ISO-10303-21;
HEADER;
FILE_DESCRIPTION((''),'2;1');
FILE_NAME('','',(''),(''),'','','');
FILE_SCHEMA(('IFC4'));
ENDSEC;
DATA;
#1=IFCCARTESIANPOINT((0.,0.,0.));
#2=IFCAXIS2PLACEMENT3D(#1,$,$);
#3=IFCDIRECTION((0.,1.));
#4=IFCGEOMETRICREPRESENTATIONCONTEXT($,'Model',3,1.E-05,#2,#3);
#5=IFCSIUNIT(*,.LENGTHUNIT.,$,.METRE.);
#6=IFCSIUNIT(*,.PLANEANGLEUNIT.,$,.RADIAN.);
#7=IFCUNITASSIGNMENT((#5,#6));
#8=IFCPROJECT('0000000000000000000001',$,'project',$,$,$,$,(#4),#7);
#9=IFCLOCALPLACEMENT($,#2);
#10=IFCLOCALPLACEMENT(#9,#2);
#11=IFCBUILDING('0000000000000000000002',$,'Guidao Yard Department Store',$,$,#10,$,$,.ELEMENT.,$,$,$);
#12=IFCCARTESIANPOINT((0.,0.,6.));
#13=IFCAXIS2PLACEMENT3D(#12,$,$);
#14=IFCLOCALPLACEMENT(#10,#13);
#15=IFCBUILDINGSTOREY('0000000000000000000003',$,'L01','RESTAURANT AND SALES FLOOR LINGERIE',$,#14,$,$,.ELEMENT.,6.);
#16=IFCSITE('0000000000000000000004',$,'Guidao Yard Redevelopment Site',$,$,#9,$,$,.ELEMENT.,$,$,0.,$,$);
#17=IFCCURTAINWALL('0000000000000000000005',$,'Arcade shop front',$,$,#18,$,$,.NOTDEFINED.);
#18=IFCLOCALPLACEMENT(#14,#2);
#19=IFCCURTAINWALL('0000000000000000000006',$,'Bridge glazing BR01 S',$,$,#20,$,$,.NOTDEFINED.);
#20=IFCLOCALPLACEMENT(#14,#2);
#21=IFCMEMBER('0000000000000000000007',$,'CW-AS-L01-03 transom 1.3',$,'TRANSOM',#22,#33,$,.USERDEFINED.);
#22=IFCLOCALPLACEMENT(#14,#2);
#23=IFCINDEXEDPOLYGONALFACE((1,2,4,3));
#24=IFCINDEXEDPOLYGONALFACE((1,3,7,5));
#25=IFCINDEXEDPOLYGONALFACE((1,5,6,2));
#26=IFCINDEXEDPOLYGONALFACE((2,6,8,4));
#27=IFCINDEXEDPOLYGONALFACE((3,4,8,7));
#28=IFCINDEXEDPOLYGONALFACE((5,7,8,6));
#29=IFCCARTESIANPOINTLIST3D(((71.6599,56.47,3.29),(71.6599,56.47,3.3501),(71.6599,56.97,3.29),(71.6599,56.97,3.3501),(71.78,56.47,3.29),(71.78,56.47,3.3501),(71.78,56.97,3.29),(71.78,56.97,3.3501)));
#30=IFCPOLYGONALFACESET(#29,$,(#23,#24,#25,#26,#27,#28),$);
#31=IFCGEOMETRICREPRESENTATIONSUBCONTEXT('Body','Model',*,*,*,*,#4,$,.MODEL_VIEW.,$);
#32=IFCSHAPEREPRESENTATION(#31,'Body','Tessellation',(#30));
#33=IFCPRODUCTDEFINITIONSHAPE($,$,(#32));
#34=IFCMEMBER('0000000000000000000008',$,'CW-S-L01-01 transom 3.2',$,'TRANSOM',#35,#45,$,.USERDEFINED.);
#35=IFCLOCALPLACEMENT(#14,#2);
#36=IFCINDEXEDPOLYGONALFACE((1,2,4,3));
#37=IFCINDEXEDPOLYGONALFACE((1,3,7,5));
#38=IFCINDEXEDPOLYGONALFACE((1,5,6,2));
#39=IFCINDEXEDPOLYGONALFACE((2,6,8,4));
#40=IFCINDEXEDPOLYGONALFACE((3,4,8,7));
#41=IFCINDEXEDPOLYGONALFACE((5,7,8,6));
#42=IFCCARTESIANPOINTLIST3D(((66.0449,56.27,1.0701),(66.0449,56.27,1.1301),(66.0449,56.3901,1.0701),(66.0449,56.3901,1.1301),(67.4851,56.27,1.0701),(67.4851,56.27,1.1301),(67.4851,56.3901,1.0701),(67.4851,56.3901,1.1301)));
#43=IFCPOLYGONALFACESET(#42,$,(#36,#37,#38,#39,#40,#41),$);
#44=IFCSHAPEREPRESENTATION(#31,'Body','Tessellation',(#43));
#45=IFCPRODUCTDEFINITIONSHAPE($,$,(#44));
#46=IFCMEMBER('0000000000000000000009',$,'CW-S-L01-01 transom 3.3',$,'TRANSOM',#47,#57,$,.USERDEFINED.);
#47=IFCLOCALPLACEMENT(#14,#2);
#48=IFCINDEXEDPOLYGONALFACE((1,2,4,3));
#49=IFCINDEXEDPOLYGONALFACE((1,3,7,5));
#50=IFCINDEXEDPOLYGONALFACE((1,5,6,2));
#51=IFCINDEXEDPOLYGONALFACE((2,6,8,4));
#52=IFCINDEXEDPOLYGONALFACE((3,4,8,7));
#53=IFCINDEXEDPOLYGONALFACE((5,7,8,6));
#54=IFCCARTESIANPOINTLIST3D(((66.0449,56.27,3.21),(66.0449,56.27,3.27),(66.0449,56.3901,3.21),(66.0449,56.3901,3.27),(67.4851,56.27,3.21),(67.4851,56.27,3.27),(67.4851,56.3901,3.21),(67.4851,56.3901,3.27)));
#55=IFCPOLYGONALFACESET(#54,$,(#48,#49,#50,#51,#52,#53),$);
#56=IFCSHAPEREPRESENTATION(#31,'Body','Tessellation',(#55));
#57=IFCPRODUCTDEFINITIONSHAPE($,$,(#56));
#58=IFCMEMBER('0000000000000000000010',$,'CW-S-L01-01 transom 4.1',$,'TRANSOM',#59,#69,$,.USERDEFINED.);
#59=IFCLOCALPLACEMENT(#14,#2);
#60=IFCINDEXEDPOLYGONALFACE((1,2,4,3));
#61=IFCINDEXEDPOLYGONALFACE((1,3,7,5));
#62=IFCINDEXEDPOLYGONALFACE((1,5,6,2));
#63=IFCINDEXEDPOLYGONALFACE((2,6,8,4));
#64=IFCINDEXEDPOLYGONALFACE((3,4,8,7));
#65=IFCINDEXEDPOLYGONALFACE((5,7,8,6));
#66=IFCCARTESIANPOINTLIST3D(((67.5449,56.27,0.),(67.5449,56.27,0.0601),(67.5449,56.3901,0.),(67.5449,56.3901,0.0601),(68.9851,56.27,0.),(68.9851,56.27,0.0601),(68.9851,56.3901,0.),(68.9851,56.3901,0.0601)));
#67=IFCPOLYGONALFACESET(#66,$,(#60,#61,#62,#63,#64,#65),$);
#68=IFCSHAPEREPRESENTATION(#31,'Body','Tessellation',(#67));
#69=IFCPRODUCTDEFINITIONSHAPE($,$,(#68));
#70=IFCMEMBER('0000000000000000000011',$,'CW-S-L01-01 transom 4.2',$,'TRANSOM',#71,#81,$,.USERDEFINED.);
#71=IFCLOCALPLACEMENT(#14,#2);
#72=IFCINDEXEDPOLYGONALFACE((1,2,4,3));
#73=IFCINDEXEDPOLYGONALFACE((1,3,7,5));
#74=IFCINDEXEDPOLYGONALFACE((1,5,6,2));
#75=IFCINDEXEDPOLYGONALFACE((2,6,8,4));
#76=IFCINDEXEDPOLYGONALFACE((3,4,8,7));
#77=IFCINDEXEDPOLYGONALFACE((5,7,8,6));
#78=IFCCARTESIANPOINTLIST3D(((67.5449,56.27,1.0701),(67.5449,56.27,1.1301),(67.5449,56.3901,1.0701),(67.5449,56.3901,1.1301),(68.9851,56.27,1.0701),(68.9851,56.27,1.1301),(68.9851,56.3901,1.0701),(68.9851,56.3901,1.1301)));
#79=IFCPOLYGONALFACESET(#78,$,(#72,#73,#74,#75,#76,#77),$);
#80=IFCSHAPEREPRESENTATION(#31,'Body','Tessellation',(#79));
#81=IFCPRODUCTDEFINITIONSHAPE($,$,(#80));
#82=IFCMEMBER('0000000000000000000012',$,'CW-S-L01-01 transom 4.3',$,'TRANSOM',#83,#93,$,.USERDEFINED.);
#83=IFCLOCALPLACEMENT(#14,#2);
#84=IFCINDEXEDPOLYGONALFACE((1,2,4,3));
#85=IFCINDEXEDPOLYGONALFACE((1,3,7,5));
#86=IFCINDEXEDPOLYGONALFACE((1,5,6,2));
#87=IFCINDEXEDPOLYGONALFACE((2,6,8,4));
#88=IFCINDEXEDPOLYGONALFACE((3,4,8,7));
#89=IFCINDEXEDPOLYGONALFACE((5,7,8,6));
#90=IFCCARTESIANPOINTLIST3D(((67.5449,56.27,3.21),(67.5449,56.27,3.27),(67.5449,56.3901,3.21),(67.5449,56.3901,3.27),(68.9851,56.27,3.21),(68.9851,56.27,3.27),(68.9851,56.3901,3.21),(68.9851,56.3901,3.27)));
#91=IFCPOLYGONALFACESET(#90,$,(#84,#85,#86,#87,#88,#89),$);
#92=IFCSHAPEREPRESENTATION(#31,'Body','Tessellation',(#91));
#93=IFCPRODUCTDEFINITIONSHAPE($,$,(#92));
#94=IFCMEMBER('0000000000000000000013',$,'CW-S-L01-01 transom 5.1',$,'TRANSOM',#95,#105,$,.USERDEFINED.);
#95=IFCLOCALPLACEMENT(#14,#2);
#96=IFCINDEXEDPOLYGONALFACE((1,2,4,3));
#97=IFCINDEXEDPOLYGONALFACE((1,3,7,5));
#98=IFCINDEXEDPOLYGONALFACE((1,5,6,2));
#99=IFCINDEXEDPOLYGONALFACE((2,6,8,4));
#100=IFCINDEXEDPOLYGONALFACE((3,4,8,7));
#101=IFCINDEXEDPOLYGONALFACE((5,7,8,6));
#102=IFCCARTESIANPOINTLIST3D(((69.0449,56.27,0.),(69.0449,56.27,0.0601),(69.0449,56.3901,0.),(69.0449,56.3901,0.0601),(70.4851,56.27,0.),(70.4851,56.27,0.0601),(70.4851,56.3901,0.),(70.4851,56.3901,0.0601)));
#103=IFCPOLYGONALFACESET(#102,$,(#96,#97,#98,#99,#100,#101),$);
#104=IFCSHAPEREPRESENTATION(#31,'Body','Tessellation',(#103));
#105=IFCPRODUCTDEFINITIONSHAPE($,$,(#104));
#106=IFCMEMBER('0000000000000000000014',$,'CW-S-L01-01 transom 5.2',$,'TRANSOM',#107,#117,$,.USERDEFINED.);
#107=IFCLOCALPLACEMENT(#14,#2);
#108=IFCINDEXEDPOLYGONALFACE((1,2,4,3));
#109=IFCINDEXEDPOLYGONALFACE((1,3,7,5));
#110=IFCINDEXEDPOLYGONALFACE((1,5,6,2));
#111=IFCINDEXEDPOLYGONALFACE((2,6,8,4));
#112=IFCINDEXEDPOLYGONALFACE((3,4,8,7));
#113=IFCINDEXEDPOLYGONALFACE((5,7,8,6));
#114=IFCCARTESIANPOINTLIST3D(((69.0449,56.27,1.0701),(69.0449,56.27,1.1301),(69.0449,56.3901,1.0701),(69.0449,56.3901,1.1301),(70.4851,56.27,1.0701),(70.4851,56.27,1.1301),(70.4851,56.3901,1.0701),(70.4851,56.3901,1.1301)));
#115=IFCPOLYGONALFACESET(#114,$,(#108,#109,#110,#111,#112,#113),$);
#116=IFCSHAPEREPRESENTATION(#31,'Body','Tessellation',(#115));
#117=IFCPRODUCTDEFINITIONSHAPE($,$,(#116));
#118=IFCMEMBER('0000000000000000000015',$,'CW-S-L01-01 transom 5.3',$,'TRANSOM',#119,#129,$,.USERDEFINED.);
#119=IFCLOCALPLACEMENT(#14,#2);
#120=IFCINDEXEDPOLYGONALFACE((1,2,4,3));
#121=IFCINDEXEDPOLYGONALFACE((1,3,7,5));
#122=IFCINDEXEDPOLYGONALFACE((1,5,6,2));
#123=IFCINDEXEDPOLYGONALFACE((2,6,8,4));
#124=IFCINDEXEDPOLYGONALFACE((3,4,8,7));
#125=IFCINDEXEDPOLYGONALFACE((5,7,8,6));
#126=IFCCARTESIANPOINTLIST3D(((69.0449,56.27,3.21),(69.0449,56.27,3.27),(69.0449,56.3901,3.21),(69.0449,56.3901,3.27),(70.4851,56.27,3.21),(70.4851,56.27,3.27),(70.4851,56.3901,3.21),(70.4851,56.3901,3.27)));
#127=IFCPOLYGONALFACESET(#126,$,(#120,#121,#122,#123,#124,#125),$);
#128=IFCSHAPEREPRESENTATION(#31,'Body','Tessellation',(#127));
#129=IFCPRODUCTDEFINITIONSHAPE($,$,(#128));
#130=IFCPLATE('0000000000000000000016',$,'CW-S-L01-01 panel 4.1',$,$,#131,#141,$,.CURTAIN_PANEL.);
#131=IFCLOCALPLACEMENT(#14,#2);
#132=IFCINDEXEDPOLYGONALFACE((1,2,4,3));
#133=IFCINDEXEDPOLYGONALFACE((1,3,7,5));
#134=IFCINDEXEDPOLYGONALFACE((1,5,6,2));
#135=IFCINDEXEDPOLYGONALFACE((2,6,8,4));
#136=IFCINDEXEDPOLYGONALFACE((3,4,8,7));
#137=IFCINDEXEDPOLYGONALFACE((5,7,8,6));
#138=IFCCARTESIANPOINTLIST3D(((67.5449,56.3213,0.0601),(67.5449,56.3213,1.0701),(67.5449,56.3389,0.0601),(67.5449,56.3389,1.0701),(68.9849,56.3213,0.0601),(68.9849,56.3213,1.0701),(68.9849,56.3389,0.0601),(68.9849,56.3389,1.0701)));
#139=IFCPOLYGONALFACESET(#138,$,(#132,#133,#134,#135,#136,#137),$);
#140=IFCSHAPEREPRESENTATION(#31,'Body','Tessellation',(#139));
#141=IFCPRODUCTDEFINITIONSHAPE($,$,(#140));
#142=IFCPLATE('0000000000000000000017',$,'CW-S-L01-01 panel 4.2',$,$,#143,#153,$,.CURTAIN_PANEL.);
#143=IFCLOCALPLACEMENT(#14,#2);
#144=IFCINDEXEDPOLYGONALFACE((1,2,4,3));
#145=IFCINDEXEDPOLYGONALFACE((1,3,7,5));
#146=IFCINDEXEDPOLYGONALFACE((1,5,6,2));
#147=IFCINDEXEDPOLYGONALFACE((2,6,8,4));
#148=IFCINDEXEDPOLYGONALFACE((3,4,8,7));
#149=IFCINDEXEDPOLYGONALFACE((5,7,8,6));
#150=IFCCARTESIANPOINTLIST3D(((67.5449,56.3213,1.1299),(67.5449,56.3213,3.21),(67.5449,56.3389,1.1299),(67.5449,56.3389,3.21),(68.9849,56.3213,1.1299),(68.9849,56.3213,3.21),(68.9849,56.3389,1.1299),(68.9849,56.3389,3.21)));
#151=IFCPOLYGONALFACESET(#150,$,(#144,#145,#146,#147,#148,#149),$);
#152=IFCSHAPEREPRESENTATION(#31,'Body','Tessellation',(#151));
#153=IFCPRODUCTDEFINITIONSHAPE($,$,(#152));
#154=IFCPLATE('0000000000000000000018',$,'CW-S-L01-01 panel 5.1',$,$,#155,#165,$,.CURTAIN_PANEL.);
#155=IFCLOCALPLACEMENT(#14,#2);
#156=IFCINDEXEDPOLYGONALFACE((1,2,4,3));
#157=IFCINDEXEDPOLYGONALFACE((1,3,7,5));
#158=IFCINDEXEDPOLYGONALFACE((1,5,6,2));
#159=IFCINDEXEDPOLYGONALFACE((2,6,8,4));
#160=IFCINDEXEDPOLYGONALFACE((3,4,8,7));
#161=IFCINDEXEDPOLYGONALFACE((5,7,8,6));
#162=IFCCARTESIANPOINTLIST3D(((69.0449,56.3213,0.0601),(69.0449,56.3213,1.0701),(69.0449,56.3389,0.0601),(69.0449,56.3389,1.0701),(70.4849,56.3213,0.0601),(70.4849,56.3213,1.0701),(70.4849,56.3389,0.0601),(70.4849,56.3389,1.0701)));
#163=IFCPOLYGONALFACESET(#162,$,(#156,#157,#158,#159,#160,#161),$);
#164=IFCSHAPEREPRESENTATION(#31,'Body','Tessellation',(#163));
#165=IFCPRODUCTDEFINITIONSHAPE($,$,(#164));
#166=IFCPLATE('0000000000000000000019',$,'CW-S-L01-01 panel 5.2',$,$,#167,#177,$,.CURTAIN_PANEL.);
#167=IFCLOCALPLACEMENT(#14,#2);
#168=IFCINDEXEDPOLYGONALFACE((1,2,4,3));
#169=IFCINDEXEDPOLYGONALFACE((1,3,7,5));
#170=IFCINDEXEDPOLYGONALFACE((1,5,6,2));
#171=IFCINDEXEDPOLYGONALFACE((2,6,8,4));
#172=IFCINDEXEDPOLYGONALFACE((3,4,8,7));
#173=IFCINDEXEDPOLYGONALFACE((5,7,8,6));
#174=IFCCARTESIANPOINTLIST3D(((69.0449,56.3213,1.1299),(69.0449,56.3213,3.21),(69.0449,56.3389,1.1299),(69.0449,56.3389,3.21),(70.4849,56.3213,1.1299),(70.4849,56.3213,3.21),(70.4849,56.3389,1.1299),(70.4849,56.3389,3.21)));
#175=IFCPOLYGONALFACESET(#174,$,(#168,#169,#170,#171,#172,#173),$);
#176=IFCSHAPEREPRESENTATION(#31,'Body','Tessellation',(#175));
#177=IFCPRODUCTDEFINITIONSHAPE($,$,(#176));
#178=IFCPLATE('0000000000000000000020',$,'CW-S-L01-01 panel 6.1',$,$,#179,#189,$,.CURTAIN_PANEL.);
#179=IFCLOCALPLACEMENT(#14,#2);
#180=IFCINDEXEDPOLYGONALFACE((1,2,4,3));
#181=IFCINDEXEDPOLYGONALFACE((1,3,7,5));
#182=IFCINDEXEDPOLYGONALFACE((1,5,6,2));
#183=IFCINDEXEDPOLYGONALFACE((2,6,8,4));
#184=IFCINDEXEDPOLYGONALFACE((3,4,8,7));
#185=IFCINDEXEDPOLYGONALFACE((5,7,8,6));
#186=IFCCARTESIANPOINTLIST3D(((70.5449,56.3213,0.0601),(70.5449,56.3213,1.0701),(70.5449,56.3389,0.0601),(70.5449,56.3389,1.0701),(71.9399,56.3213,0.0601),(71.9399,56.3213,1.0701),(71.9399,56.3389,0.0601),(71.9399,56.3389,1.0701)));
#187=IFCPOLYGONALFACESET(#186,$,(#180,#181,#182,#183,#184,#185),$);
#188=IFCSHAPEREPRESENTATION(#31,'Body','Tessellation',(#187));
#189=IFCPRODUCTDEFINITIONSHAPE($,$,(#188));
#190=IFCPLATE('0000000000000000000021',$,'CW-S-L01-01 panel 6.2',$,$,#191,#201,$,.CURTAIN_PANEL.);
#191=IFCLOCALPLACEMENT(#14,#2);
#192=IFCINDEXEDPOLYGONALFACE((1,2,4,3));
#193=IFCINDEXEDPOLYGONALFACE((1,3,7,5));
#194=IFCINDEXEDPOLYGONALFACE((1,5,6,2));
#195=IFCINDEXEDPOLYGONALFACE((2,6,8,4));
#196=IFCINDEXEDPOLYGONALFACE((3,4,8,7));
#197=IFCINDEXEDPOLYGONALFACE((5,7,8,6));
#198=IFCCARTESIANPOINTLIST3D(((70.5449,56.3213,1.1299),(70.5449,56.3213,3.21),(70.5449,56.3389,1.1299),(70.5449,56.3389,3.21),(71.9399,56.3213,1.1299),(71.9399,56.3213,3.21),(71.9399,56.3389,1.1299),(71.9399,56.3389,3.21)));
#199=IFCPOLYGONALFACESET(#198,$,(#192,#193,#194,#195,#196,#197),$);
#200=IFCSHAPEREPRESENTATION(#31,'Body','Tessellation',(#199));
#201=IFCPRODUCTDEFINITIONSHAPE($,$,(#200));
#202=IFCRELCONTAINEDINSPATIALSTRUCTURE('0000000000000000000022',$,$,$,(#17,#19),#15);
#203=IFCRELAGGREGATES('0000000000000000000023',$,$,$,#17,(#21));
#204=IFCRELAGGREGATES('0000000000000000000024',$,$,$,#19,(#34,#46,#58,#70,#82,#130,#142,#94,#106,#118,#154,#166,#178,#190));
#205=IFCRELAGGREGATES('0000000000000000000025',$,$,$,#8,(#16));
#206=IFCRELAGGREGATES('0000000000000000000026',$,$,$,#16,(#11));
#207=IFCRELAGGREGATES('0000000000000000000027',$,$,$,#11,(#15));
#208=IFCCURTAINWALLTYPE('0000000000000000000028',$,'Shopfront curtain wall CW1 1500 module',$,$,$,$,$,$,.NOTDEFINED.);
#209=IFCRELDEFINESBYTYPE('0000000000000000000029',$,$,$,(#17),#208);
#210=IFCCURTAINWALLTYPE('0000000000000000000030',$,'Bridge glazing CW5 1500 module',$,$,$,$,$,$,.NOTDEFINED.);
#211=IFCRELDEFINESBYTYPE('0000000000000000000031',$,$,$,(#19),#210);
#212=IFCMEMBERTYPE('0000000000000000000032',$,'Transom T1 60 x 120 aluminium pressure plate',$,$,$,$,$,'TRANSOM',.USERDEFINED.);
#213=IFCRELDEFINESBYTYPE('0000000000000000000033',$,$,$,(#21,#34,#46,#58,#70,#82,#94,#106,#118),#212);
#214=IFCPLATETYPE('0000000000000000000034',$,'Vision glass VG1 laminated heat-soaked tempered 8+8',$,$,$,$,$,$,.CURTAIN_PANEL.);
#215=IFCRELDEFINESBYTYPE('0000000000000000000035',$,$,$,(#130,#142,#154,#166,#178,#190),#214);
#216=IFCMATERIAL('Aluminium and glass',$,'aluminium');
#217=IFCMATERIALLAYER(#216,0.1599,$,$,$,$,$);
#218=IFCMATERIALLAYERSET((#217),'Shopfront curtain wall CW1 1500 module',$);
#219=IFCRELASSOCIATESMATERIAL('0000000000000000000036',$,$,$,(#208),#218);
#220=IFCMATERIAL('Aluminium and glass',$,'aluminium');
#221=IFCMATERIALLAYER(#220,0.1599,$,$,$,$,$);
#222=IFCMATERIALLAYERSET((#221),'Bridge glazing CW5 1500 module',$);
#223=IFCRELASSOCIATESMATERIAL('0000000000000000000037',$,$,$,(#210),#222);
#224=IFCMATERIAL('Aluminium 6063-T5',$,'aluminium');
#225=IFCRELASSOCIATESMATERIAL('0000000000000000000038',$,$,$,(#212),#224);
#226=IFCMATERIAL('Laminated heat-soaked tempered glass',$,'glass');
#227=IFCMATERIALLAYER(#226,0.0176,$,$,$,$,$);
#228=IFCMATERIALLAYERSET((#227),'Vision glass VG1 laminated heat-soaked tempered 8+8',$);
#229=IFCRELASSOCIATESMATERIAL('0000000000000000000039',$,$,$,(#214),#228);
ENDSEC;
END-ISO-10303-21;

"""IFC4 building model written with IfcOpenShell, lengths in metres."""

from ifc_helpers import new_model, si_unit, direction, frame, origin, origin_2d, place, context, subcontext, project, spatial, rectangle, extrude, material, layer, layer_set, material_profile, profile_set, type_object, element, aggregate, save


model = new_model("IFC4")

# Units and contexts
model_context = context("Model", 3, precision=1e-05, world=origin(), true_north=direction((0.0, 1.0)))
body_context = subcontext(model_context, "Body", "Model", "MODEL_VIEW")
ifc_project = project(units=[si_unit("LENGTHUNIT", "METRE"), si_unit("PLANEANGLEUNIT", "RADIAN")], contexts=[model_context])

# Site, building, storey
site_placement = place(None, origin())
site = spatial("IfcSite", under=ifc_project, at=site_placement, Name="Guidao Yard Redevelopment Site", CompositionType="ELEMENT", RefElevation=0.0)
building_placement = place(site_placement, origin())
building = spatial("IfcBuilding", under=site, at=building_placement, Name="Guidao Yard Department Store", CompositionType="ELEMENT")
storey_placement = place(building_placement, frame((0.0, 0.0, 6.0)))
storey = spatial("IfcBuildingStorey", under=building, at=storey_placement, Name="L01", Description="RESTAURANT AND SALES FLOOR LINGERIE", CompositionType="ELEMENT", Elevation=6.0)

# Curtain wall
ifc_material_1 = material(Name="Aluminium and glass", Category="aluminium")
ifc_layer_1 = layer(ifc_material_1, 0.1599)
ifc_layer_set_1 = layer_set([ifc_layer_1], Name="Shopfront curtain wall CW1 1500 module")
curtain_wall_type_1 = type_object("IfcCurtainWallType", Name="Shopfront curtain wall CW1 1500 module", PredefinedType="NOTDEFINED", material=ifc_layer_set_1)
curtain_wall_1_placement = place(storey_placement, origin())
curtain_wall_1 = element("IfcCurtainWall", 1, at=curtain_wall_1_placement, inside=storey, type_object=curtain_wall_type_1, Name="Arcade shop front", PredefinedType="NOTDEFINED")

# Curtain wall
ifc_material_2 = material(Name="Aluminium and glass", Category="aluminium")
ifc_layer_2 = layer(ifc_material_2, 0.1599)
ifc_layer_set_2 = layer_set([ifc_layer_2], Name="Bridge glazing CW5 1500 module")
curtain_wall_type_2 = type_object("IfcCurtainWallType", Name="Bridge glazing CW5 1500 module", PredefinedType="NOTDEFINED", material=ifc_layer_set_2)
curtain_wall_2_placement = place(storey_placement, origin())
curtain_wall_2 = element("IfcCurtainWall", 2, at=curtain_wall_2_placement, inside=storey, type_object=curtain_wall_type_2, Name="Bridge glazing BR01 S", PredefinedType="NOTDEFINED")

# Members
ifc_material_3 = material(Name="Aluminium 6063-T5", Category="aluminium")
ifc_material_profile_1 = material_profile(ifc_material_3, rectangle(XDim=0.1201, YDim=0.0601, at=origin_2d()), Name="Transom T1 60 x 120 aluminium pressure plate")
ifc_profile_set_1 = profile_set([ifc_material_profile_1], Name="Aluminium 6063-T5")
member_type_1 = type_object("IfcMemberType", Name="Transom T1 60 x 120 aluminium pressure plate", ElementType="TRANSOM", PredefinedType="USERDEFINED", material=ifc_profile_set_1)
member_1_placement = place(storey_placement, frame((71.72, 56.47, 3.3201), z_axis=(0.0, 1.0, 0.0), x_axis=(-1.0, 0.0, 0.0)))
member_1 = element("IfcMember", 3, at=member_1_placement, type_object=member_type_1, Name="CW-AS-L01-03 transom 1.3", ObjectType="TRANSOM", PredefinedType="USERDEFINED", context=body_context, shape_type="SweptSolid", body=[
    extrude(rectangle(XDim=0.1201, YDim=0.0601, at=origin_2d()), origin(), (0.0, 0.0, 1.0), 0.5),
])
aggregate(curtain_wall_1, [member_1])
member_2_placement = place(storey_placement, frame((67.4851, 56.3301, 1.1001), z_axis=(-1.0, 0.0, 0.0), x_axis=(0.0, -1.0, 0.0)))
member_2 = element("IfcMember", 4, at=member_2_placement, type_object=member_type_1, Name="CW-S-L01-01 transom 3.2", ObjectType="TRANSOM", PredefinedType="USERDEFINED", context=body_context, shape_type="SweptSolid", body=[
    extrude(rectangle(XDim=0.1201, YDim=0.0601, at=origin_2d()), origin(), (0.0, 0.0, 1.0), 1.4402),
])
member_3_placement = place(storey_placement, frame((67.4851, 56.3301, 3.24), z_axis=(-1.0, 0.0, 0.0), x_axis=(0.0, -1.0, 0.0)))
member_3 = element("IfcMember", 5, at=member_3_placement, type_object=member_type_1, Name="CW-S-L01-01 transom 3.3", ObjectType="TRANSOM", PredefinedType="USERDEFINED", context=body_context, shape_type="SweptSolid", body=[
    extrude(rectangle(XDim=0.1201, YDim=0.0601, at=origin_2d()), origin(), (0.0, 0.0, 1.0), 1.4402),
])
member_4_placement = place(storey_placement, frame((68.9851, 56.3301, 0.03), z_axis=(-1.0, 0.0, 0.0), x_axis=(0.0, -1.0, 0.0)))
member_4 = element("IfcMember", 6, at=member_4_placement, type_object=member_type_1, Name="CW-S-L01-01 transom 4.1", ObjectType="TRANSOM", PredefinedType="USERDEFINED", context=body_context, shape_type="SweptSolid", body=[
    extrude(rectangle(XDim=0.1201, YDim=0.0601, at=origin_2d()), origin(), (0.0, 0.0, 1.0), 1.4402),
])
member_5_placement = place(storey_placement, frame((68.9851, 56.3301, 1.1001), z_axis=(-1.0, 0.0, 0.0), x_axis=(0.0, -1.0, 0.0)))
member_5 = element("IfcMember", 7, at=member_5_placement, type_object=member_type_1, Name="CW-S-L01-01 transom 4.2", ObjectType="TRANSOM", PredefinedType="USERDEFINED", context=body_context, shape_type="SweptSolid", body=[
    extrude(rectangle(XDim=0.1201, YDim=0.0601, at=origin_2d()), origin(), (0.0, 0.0, 1.0), 1.4402),
])
member_6_placement = place(storey_placement, frame((68.9851, 56.3301, 3.24), z_axis=(-1.0, 0.0, 0.0), x_axis=(0.0, -1.0, 0.0)))
member_6 = element("IfcMember", 8, at=member_6_placement, type_object=member_type_1, Name="CW-S-L01-01 transom 4.3", ObjectType="TRANSOM", PredefinedType="USERDEFINED", context=body_context, shape_type="SweptSolid", body=[
    extrude(rectangle(XDim=0.1201, YDim=0.0601, at=origin_2d()), origin(), (0.0, 0.0, 1.0), 1.4402),
])
member_7_placement = place(storey_placement, frame((70.4851, 56.3301, 0.03), z_axis=(-1.0, 0.0, 0.0), x_axis=(0.0, -1.0, 0.0)))
member_7 = element("IfcMember", 9, at=member_7_placement, type_object=member_type_1, Name="CW-S-L01-01 transom 5.1", ObjectType="TRANSOM", PredefinedType="USERDEFINED", context=body_context, shape_type="SweptSolid", body=[
    extrude(rectangle(XDim=0.1201, YDim=0.0601, at=origin_2d()), origin(), (0.0, 0.0, 1.0), 1.4402),
])
member_8_placement = place(storey_placement, frame((70.4851, 56.3301, 1.1001), z_axis=(-1.0, 0.0, 0.0), x_axis=(0.0, -1.0, 0.0)))
member_8 = element("IfcMember", 10, at=member_8_placement, type_object=member_type_1, Name="CW-S-L01-01 transom 5.2", ObjectType="TRANSOM", PredefinedType="USERDEFINED", context=body_context, shape_type="SweptSolid", body=[
    extrude(rectangle(XDim=0.1201, YDim=0.0601, at=origin_2d()), origin(), (0.0, 0.0, 1.0), 1.4402),
])
member_9_placement = place(storey_placement, frame((70.4851, 56.3301, 3.24), z_axis=(-1.0, 0.0, 0.0), x_axis=(0.0, -1.0, 0.0)))
member_9 = element("IfcMember", 11, at=member_9_placement, type_object=member_type_1, Name="CW-S-L01-01 transom 5.3", ObjectType="TRANSOM", PredefinedType="USERDEFINED", context=body_context, shape_type="SweptSolid", body=[
    extrude(rectangle(XDim=0.1201, YDim=0.0601, at=origin_2d()), origin(), (0.0, 0.0, 1.0), 1.4402),
])

# Plates
ifc_material_4 = material(Name="Laminated heat-soaked tempered glass", Category="glass")
ifc_layer_3 = layer(ifc_material_4, 0.0176)
ifc_layer_set_3 = layer_set([ifc_layer_3], Name="Vision glass VG1 laminated heat-soaked tempered 8+8")
plate_type = type_object("IfcPlateType", Name="Vision glass VG1 laminated heat-soaked tempered 8+8", PredefinedType="CURTAIN_PANEL", material=ifc_layer_set_3)
plate_1_placement = place(storey_placement, frame((68.2649, 56.3301, 0.0601), z_axis=(0.0, 0.0, 1.0), x_axis=(-1.0, 0.0, 0.0)))
plate_1 = element("IfcPlate", 12, at=plate_1_placement, type_object=plate_type, Name="CW-S-L01-01 panel 4.1", PredefinedType="CURTAIN_PANEL", context=body_context, shape_type="SweptSolid", body=[
    extrude(rectangle(XDim=1.4399, YDim=0.0176, at=origin_2d()), origin(), (0.0, 0.0, 1.0), 1.01),
])
plate_2_placement = place(storey_placement, frame((68.2649, 56.3301, 1.1299), z_axis=(0.0, 0.0, 1.0), x_axis=(-1.0, 0.0, 0.0)))
plate_2 = element("IfcPlate", 13, at=plate_2_placement, type_object=plate_type, Name="CW-S-L01-01 panel 4.2", PredefinedType="CURTAIN_PANEL", context=body_context, shape_type="SweptSolid", body=[
    extrude(rectangle(XDim=1.4399, YDim=0.0176, at=origin_2d()), origin(), (0.0, 0.0, 1.0), 2.0801),
])
plate_3_placement = place(storey_placement, frame((69.7649, 56.3301, 0.0601), z_axis=(0.0, 0.0, 1.0), x_axis=(-1.0, 0.0, 0.0)))
plate_3 = element("IfcPlate", 14, at=plate_3_placement, type_object=plate_type, Name="CW-S-L01-01 panel 5.1", PredefinedType="CURTAIN_PANEL", context=body_context, shape_type="SweptSolid", body=[
    extrude(rectangle(XDim=1.4399, YDim=0.0176, at=origin_2d()), origin(), (0.0, 0.0, 1.0), 1.01),
])
plate_4_placement = place(storey_placement, frame((69.7649, 56.3301, 1.1299), z_axis=(0.0, 0.0, 1.0), x_axis=(-1.0, 0.0, 0.0)))
plate_4 = element("IfcPlate", 15, at=plate_4_placement, type_object=plate_type, Name="CW-S-L01-01 panel 5.2", PredefinedType="CURTAIN_PANEL", context=body_context, shape_type="SweptSolid", body=[
    extrude(rectangle(XDim=1.4399, YDim=0.0176, at=origin_2d()), origin(), (0.0, 0.0, 1.0), 2.0801),
])
plate_5_placement = place(storey_placement, frame((71.2424, 56.3301, 0.0601), z_axis=(0.0, 0.0, 1.0), x_axis=(-1.0, 0.0, 0.0)))
plate_5 = element("IfcPlate", 16, at=plate_5_placement, type_object=plate_type, Name="CW-S-L01-01 panel 6.1", PredefinedType="CURTAIN_PANEL", context=body_context, shape_type="SweptSolid", body=[
    extrude(rectangle(XDim=1.395, YDim=0.0176, at=origin_2d()), origin(), (0.0, 0.0, 1.0), 1.01),
])
plate_6_placement = place(storey_placement, frame((71.2424, 56.3301, 1.1299), z_axis=(0.0, 0.0, 1.0), x_axis=(-1.0, 0.0, 0.0)))
plate_6 = element("IfcPlate", 17, at=plate_6_placement, type_object=plate_type, Name="CW-S-L01-01 panel 6.2", PredefinedType="CURTAIN_PANEL", context=body_context, shape_type="SweptSolid", body=[
    extrude(rectangle(XDim=1.395, YDim=0.0176, at=origin_2d()), origin(), (0.0, 0.0, 1.0), 2.0801),
])
aggregate(curtain_wall_2, [member_2, member_3, member_4, member_5, member_6, plate_1, plate_2, member_7, member_8, member_9, plate_3, plate_4, plate_5, plate_6])

save(model, "model.ifc")
